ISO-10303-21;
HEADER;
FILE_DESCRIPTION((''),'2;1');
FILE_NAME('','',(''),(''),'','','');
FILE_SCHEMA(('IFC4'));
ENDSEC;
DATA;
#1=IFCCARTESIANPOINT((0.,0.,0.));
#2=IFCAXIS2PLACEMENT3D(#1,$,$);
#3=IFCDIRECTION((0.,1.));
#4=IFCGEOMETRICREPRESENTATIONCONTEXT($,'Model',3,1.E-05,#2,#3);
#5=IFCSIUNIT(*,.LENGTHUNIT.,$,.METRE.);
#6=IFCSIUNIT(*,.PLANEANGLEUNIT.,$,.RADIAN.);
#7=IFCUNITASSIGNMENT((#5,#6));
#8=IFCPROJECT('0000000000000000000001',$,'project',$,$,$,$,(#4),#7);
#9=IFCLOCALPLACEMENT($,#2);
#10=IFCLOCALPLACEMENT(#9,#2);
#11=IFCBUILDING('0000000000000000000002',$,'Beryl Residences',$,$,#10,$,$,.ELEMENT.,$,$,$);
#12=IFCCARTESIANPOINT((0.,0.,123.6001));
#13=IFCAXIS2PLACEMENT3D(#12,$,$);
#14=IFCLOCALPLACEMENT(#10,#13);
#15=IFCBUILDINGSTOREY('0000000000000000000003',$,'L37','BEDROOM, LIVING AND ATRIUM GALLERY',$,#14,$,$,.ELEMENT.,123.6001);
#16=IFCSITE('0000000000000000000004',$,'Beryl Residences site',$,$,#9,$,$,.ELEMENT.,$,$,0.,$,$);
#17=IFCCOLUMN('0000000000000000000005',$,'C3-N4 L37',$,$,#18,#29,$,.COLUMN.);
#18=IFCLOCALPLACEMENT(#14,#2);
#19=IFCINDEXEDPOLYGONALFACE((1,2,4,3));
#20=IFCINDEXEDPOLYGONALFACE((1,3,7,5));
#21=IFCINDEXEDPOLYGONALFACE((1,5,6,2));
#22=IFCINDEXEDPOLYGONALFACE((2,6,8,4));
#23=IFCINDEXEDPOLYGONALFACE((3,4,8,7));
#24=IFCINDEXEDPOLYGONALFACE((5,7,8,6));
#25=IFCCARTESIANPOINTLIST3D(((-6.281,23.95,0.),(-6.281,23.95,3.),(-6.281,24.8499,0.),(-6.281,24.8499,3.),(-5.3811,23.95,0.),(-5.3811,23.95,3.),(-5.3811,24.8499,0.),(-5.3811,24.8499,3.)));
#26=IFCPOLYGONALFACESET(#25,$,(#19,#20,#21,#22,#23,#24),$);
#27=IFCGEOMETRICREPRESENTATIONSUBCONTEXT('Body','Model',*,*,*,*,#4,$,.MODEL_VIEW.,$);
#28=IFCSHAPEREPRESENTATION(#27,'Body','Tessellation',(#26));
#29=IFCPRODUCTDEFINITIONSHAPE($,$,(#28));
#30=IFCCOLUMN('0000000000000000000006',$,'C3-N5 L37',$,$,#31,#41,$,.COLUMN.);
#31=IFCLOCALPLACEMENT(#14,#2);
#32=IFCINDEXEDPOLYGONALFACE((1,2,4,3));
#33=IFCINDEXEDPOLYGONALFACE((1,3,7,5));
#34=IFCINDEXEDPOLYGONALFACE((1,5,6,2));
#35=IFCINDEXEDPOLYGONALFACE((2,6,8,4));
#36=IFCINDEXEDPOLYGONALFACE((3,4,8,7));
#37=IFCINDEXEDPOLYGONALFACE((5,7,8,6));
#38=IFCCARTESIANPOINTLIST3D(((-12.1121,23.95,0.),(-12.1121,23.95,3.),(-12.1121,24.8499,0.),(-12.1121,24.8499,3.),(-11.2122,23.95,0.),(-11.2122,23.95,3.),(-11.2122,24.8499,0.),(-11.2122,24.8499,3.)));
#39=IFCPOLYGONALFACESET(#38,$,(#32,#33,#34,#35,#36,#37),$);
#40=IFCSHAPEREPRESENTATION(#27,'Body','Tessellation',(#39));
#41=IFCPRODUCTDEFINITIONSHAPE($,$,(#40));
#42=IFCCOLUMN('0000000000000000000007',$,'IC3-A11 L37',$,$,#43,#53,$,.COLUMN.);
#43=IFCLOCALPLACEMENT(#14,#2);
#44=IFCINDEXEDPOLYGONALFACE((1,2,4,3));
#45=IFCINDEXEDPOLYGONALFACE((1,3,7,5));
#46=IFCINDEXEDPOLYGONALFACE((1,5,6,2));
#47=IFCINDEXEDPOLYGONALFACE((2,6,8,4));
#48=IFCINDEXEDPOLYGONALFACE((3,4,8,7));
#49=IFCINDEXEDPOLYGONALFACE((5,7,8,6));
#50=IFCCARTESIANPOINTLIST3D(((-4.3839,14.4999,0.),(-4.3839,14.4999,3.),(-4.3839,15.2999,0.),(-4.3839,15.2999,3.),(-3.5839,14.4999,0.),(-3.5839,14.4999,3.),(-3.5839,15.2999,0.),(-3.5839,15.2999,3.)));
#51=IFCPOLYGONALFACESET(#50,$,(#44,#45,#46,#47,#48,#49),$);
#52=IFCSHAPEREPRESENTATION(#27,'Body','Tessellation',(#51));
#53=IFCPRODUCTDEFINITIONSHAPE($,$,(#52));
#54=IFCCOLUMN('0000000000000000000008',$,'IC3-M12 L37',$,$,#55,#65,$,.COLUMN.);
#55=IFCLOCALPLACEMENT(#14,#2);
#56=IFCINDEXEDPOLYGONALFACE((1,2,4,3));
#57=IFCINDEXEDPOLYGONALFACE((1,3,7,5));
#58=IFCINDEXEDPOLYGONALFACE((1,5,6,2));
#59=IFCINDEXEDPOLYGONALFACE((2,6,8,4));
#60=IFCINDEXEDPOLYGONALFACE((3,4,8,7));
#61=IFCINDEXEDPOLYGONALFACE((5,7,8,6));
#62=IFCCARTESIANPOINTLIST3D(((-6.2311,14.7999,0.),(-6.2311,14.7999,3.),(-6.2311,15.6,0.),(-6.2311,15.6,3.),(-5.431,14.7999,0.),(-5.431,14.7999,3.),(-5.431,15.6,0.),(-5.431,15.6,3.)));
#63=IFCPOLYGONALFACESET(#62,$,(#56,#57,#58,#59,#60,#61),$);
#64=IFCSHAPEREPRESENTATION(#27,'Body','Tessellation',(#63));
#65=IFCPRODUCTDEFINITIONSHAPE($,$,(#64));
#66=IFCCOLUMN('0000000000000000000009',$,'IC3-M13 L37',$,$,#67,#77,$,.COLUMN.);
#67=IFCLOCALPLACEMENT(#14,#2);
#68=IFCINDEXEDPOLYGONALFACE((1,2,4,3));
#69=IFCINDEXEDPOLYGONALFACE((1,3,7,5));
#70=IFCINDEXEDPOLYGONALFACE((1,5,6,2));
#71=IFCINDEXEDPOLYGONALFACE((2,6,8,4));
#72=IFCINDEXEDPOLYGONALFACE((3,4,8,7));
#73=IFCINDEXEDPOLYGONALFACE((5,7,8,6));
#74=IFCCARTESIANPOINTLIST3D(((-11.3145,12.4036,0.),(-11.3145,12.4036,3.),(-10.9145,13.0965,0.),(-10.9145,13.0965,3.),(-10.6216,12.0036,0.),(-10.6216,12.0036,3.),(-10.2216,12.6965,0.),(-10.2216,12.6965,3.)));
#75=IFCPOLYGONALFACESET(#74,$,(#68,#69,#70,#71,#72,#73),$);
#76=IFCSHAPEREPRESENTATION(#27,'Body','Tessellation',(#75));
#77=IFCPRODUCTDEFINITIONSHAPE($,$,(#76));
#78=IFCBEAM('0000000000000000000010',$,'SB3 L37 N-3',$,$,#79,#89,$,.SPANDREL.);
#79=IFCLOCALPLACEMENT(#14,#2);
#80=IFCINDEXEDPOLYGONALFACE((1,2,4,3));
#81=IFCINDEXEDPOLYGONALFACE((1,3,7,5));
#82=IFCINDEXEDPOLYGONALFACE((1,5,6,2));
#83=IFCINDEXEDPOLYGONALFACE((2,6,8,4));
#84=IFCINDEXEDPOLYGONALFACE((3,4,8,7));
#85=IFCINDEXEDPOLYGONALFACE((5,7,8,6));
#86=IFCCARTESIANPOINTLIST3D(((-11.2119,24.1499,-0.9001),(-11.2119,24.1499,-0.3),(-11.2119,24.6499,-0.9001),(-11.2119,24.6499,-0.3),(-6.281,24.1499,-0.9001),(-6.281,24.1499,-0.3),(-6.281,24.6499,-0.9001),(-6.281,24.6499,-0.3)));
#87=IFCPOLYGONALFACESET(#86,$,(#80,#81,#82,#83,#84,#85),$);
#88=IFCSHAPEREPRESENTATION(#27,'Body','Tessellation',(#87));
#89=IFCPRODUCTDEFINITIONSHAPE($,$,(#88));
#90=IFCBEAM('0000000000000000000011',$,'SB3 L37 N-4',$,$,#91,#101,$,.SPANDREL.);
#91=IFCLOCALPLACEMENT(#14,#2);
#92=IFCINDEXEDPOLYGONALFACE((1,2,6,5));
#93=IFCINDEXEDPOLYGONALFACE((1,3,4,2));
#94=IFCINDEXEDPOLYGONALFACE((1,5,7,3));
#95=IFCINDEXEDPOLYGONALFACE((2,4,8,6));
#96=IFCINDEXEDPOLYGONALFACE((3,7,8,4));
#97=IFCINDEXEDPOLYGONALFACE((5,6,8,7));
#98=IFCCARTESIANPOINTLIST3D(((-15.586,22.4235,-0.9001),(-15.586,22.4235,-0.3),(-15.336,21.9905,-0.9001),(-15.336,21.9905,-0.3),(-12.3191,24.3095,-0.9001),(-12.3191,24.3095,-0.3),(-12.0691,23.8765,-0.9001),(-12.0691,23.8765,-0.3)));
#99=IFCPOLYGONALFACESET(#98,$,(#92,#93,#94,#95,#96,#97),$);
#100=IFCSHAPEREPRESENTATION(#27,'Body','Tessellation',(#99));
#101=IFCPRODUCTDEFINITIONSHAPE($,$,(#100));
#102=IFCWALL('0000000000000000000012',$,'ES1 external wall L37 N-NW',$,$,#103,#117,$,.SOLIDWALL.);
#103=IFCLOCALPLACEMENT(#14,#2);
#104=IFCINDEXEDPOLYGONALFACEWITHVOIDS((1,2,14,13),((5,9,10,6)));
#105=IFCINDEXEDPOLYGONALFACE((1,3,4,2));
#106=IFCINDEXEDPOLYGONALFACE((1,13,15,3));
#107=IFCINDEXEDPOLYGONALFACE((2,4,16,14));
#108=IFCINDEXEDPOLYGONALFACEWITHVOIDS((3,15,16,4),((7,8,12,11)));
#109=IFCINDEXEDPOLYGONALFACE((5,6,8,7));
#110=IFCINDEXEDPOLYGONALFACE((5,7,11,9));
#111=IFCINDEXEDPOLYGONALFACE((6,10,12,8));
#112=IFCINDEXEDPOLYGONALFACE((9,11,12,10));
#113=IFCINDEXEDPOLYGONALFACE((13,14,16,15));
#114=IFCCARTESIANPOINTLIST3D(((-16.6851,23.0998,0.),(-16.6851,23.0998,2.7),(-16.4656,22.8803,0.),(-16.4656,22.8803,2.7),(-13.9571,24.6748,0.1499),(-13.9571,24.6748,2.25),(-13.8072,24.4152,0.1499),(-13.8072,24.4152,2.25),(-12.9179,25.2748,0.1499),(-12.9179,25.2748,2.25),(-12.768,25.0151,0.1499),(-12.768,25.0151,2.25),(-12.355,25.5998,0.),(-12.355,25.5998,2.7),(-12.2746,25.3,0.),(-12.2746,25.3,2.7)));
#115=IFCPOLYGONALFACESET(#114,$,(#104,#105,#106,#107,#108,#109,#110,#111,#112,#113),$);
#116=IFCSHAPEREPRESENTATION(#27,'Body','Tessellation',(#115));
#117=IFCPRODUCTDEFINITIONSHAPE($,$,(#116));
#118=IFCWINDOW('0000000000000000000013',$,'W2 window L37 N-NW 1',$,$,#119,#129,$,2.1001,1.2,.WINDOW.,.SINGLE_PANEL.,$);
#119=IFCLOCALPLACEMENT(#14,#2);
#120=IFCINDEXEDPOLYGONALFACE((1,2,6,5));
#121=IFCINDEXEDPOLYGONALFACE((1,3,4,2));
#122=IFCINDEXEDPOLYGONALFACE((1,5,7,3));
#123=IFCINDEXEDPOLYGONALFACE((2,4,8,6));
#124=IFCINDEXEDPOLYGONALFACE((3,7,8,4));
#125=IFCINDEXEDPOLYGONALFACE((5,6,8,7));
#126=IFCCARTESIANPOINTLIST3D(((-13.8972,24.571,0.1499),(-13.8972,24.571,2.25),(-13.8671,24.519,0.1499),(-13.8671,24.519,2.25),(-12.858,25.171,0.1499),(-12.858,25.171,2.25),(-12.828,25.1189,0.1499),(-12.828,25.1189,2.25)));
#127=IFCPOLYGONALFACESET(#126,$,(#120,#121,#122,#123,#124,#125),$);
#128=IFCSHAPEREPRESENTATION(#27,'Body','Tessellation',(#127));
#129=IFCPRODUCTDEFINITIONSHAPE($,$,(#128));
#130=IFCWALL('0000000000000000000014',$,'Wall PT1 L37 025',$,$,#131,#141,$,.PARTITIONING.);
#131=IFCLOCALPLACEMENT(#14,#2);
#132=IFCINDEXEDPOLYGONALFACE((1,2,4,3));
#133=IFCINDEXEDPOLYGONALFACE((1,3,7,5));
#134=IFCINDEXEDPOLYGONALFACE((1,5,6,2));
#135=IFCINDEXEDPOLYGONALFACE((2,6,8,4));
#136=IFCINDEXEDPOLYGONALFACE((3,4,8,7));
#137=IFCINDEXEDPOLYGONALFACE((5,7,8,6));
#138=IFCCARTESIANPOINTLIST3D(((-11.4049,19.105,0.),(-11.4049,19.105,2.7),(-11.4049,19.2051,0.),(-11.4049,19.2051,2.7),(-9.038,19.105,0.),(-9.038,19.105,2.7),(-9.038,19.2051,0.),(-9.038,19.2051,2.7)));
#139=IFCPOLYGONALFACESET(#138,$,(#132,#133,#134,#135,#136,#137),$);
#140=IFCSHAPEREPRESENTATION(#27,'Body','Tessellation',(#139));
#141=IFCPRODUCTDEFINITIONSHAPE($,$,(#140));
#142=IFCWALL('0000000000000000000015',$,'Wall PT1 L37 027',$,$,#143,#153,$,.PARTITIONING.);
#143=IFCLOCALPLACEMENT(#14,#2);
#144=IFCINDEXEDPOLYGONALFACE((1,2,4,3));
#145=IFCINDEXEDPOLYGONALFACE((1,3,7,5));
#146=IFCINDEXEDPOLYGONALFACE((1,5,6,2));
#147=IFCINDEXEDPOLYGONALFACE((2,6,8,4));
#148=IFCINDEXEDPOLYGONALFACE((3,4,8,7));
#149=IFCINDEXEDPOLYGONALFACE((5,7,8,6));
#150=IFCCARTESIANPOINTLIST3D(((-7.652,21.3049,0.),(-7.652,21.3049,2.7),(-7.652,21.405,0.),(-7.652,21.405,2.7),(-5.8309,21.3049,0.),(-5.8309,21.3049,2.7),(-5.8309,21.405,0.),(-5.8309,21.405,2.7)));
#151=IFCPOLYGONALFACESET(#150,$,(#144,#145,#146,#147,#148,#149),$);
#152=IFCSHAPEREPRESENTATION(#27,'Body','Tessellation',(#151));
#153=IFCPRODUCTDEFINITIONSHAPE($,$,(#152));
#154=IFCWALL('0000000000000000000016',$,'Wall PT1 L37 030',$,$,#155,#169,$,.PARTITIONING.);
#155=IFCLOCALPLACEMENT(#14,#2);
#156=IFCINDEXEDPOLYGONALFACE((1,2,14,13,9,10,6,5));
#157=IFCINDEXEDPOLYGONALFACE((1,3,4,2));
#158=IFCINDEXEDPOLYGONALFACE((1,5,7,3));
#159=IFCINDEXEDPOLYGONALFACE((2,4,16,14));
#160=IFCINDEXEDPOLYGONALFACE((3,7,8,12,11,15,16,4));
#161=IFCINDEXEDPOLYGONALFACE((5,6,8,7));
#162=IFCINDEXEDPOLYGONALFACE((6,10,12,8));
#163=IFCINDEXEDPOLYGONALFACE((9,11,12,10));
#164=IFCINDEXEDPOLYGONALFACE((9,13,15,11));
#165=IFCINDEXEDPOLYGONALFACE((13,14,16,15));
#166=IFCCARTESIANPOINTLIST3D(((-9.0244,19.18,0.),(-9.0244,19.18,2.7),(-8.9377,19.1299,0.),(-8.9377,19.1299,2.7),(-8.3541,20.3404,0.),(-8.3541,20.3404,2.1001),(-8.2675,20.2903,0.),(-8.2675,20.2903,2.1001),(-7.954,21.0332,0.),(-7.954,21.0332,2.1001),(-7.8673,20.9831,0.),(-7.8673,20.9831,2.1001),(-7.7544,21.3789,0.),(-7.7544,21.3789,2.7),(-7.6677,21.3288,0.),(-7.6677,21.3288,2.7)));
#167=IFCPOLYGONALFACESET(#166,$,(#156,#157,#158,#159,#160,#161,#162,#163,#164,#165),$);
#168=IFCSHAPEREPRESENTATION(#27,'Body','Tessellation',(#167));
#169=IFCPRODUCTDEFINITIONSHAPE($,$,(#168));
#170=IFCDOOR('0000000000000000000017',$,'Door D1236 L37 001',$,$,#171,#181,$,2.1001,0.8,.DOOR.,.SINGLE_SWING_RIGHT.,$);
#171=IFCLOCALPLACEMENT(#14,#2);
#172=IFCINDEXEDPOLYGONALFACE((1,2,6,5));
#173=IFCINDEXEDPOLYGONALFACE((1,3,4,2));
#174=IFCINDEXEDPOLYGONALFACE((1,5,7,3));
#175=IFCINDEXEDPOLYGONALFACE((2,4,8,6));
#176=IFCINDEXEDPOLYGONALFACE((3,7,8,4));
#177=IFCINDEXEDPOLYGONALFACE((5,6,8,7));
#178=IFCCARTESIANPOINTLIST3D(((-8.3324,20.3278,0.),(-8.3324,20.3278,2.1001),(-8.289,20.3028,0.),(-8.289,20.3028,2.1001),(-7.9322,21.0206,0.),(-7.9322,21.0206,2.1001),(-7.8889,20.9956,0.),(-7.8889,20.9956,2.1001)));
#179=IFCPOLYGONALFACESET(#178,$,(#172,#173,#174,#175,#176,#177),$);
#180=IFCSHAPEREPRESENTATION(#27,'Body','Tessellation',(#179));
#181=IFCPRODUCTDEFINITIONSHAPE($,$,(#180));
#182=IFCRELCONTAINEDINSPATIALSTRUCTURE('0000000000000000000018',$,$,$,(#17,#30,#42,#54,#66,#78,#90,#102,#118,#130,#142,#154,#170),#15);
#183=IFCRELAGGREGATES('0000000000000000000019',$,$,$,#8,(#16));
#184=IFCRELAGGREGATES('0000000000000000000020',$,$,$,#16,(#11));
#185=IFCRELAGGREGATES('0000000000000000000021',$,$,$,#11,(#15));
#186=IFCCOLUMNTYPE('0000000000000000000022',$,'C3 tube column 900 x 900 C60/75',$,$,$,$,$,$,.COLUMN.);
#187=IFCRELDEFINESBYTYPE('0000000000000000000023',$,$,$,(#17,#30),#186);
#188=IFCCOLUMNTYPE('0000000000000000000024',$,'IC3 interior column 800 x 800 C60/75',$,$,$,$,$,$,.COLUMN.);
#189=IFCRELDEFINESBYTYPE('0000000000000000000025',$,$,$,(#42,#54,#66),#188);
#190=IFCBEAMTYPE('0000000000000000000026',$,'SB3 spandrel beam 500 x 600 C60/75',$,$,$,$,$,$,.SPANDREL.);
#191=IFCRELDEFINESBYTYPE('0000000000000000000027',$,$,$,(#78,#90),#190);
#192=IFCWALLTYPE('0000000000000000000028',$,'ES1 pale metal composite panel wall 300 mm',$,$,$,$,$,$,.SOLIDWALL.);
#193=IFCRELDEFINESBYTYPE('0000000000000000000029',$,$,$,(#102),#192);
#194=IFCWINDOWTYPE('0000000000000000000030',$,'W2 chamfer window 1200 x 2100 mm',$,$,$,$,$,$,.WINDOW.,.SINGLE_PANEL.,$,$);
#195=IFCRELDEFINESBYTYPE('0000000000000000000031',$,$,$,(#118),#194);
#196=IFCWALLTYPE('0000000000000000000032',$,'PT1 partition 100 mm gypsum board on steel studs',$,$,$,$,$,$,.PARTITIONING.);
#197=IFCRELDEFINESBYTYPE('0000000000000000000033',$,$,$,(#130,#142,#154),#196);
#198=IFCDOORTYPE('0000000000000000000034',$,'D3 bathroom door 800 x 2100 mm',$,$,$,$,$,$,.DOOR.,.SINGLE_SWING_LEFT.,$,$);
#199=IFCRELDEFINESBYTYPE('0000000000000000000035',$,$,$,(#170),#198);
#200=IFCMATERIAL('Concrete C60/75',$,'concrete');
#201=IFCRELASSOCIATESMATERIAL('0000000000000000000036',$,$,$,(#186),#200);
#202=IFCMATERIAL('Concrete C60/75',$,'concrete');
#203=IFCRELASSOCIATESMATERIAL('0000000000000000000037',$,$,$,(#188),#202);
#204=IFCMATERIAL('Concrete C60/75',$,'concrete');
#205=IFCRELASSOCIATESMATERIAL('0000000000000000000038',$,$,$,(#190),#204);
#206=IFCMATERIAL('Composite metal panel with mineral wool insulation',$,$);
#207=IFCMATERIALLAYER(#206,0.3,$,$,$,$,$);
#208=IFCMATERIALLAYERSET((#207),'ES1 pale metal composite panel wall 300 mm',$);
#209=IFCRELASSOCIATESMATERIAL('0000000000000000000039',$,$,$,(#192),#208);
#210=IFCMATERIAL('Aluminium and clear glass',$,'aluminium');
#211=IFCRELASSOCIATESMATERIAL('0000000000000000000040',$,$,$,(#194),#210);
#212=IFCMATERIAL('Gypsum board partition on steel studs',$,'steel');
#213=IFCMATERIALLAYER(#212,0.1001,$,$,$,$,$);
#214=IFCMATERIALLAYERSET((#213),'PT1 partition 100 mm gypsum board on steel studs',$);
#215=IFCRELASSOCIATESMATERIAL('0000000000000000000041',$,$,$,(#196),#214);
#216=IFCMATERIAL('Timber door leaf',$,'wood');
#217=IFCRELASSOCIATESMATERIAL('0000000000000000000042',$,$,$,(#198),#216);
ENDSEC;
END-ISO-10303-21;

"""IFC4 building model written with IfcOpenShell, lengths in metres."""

from ifc_helpers import new_model, si_unit, direction, frame, frame_2d, origin, origin_2d, place, context, subcontext, project, spatial, polyline, rectangle, outline, extrude, material, layer, layer_set, material_profile, profile_set, type_object, element, fill, save


model = new_model("IFC4")

# Units and contexts
model_context = context("Model", 3, precision=1e-05, world=origin(), true_north=direction((0.0, 1.0)))
body_context = subcontext(model_context, "Body", "Model", "MODEL_VIEW")
ifc_project = project(units=[si_unit("LENGTHUNIT", "METRE"), si_unit("PLANEANGLEUNIT", "RADIAN")], contexts=[model_context])

# Site, building, storey
site_placement = place(None, origin())
site = spatial("IfcSite", under=ifc_project, at=site_placement, Name="Beryl Residences site", CompositionType="ELEMENT", RefElevation=0.0)
building_placement = place(site_placement, origin())
building = spatial("IfcBuilding", under=site, at=building_placement, Name="Beryl Residences", CompositionType="ELEMENT")
storey_placement = place(building_placement, frame((0.0, 0.0, 123.6001)))
storey = spatial("IfcBuildingStorey", under=building, at=storey_placement, Name="L37", Description="BEDROOM, LIVING AND ATRIUM GALLERY", CompositionType="ELEMENT", Elevation=123.6001)

# Columns
ifc_material_1 = material(Name="Concrete C60/75", Category="concrete")
ifc_material_profile_1 = material_profile(ifc_material_1, rectangle(XDim=0.8999, YDim=0.8999, at=origin_2d()))
ifc_profile_set_1 = profile_set([ifc_material_profile_1], Name="Concrete C60/75")
column_type_1 = type_object("IfcColumnType", Name="C3 tube column 900 x 900 C60/75", PredefinedType="COLUMN", material=ifc_profile_set_1)
for number, where, z_axis, x_axis, name in (
    (1, (-5.8311, 24.3999, 0.0), (0.0, 0.0, 1.0), (-1.0, 0.0, 0.0), "C3-N4 L37"),
    (2, (-11.6621, 24.3999, 0.0), (0.0, 0.0, 1.0), (-1.0, 0.0, 0.0), "C3-N5 L37"),
):
    element("IfcColumn", number, at=place(storey_placement, frame(where, z_axis=z_axis, x_axis=x_axis)), inside=storey, type_object=column_type_1, Name=name, PredefinedType="COLUMN", context=body_context, shape_type="SweptSolid", body=[
        extrude(rectangle(XDim=0.8999, YDim=0.8999, at=origin_2d()), origin(), (0.0, 0.0, 1.0), 3.0),
    ])
ifc_material_2 = material(Name="Concrete C60/75", Category="concrete")
ifc_material_profile_2 = material_profile(ifc_material_2, rectangle(XDim=0.8, YDim=0.8, at=origin_2d()))
ifc_profile_set_2 = profile_set([ifc_material_profile_2], Name="Concrete C60/75")
column_type_2 = type_object("IfcColumnType", Name="IC3 interior column 800 x 800 C60/75", PredefinedType="COLUMN", material=ifc_profile_set_2)
for number, where, z_axis, x_axis, name in (
    (3, (-3.9839, 14.8999, 0.0), (0.0, 0.0, 1.0), (1.0, 0.0, 0.0), "IC3-A11 L37"),
    (4, (-5.8311, 15.2, 0.0), (0.0, 0.0, 1.0), (-1.0, 0.0, 0.0), "IC3-M12 L37"),
    (5, (-10.7681, 12.55, 0.0), (0.0, 0.0, 1.0), (-0.5, -0.866025, 0.0), "IC3-M13 L37"),
):
    element("IfcColumn", number, at=place(storey_placement, frame(where, z_axis=z_axis, x_axis=x_axis)), inside=storey, type_object=column_type_2, Name=name, PredefinedType="COLUMN", context=body_context, shape_type="SweptSolid", body=[
        extrude(rectangle(XDim=0.8, YDim=0.8, at=origin_2d()), origin(), (0.0, 0.0, 1.0), 3.0),
    ])

# Beams
ifc_material_3 = material(Name="Concrete C60/75", Category="concrete")
ifc_material_profile_3 = material_profile(ifc_material_3, rectangle(XDim=0.5, YDim=0.6001, at=origin_2d()))
ifc_profile_set_3 = profile_set([ifc_material_profile_3], Name="Concrete C60/75")
beam_type = type_object("IfcBeamType", Name="SB3 spandrel beam 500 x 600 C60/75", PredefinedType="SPANDREL", material=ifc_profile_set_3)
beam_1_placement = place(storey_placement, frame((-6.281, 24.3999, -0.6001), z_axis=(-1.0, 0.0, 0.0), x_axis=(0.0, -1.0, 0.0)))
element("IfcBeam", 6, at=beam_1_placement, inside=storey, type_object=beam_type, Name="SB3 L37 N-3", PredefinedType="SPANDREL", context=body_context, shape_type="SweptSolid", body=[
    extrude(rectangle(XDim=0.5, YDim=0.6001, at=origin_2d()), origin(), (0.0, 0.0, 1.0), 4.9309),
])
beam_2_placement = place(storey_placement, frame((-12.1941, 24.093, -0.6001), z_axis=(-0.86604, -0.499975, 0.0), x_axis=(0.499975, -0.86604, 0.0)))
element("IfcBeam", 7, at=beam_2_placement, inside=storey, type_object=beam_type, Name="SB3 L37 N-4", PredefinedType="SPANDREL", context=body_context, shape_type="SweptSolid", body=[
    extrude(rectangle(XDim=0.5, YDim=0.6001, at=origin_2d()), origin(), (0.0, 0.0, 1.0), 3.7722),
])

# Wall, opening, window
ifc_material_4 = material(Name="Composite metal panel with mineral wool insulation")
ifc_layer_1 = layer(ifc_material_4, 0.3)
ifc_layer_set_1 = layer_set([ifc_layer_1], Name="ES1 pale metal composite panel wall 300 mm")
wall_type_1 = type_object("IfcWallType", Name="ES1 pale metal composite panel wall 300 mm", PredefinedType="SOLIDWALL", material=ifc_layer_set_1)
wall_1_placement = place(storey_placement, frame((-12.28, 25.47, 0.0), z_axis=(0.0, 0.0, 1.0), x_axis=(-0.866023, -0.500004, 0.0)))
wall_1 = element("IfcWall", 8, at=wall_1_placement, inside=storey, type_object=wall_type_1, Name="ES1 external wall L37 N-NW", PredefinedType="SOLIDWALL", context=body_context, shape_type="SweptSolid", body=[
    extrude(outline(polyline([(0.0, -0.1499), (5.0, -0.1499), (4.9197, 0.1499), (0.0803, 0.1499), (0.0, -0.1499)])), origin(), (0.0, 0.0, 1.0), 2.7),
])
opening_1_placement = place(wall_1_placement, frame((0.6499, 0.0, 0.1499)))
opening_1 = element("IfcOpeningElement", 9, at=opening_1_placement, cuts=wall_1, PredefinedType="OPENING", context=body_context, shape_type="SweptSolid", body=[
    extrude(rectangle(XDim=1.2, YDim=2.1001, at=frame_2d((0.6001, 1.05))), frame((0.0, 0.1599, 0.0), z_axis=(0.0, -1.0, 0.0), x_axis=(1.0, 0.0, 0.0)), (0.0, 0.0, 1.0), 0.3201),
])
ifc_material_5 = material(Name="Aluminium and clear glass", Category="aluminium")
window_type = type_object("IfcWindowType", Name="W2 chamfer window 1200 x 2100 mm", PartitioningType="SINGLE_PANEL", PredefinedType="WINDOW", material=ifc_material_5)
window_placement = place(opening_1_placement, origin())
window = element("IfcWindow", 10, at=window_placement, inside=storey, type_object=window_type, Name="W2 window L37 N-NW 1", OverallHeight=2.1001, OverallWidth=1.2, PartitioningType="SINGLE_PANEL", PredefinedType="WINDOW", context=body_context, shape_type="SweptSolid", body=[
    extrude(rectangle(XDim=1.2, YDim=2.1001, at=frame_2d((0.6001, 1.05))), frame((0.0, 0.03, 0.0), z_axis=(0.0, -1.0, 0.0), x_axis=(1.0, 0.0, 0.0)), (0.0, 0.0, 1.0), 0.0601),
])
fill(opening_1, window)

# Walls
ifc_material_6 = material(Name="Gypsum board partition on steel studs", Category="steel")
ifc_layer_2 = layer(ifc_material_6, 0.1001)
ifc_layer_set_2 = layer_set([ifc_layer_2], Name="PT1 partition 100 mm gypsum board on steel studs")
wall_type_2 = type_object("IfcWallType", Name="PT1 partition 100 mm gypsum board on steel studs", PredefinedType="PARTITIONING", material=ifc_layer_set_2)
wall_2_placement = place(storey_placement, frame((-11.405, 19.155, 0.0), z_axis=(0.0, 0.0, 1.0), x_axis=(1.0, 0.0, 0.0)))
element("IfcWall", 11, at=wall_2_placement, inside=storey, type_object=wall_type_2, Name="Wall PT1 L37 025", PredefinedType="PARTITIONING", context=body_context, shape_type="SweptSolid", body=[
    extrude(rectangle(XDim=2.3669, YDim=0.1001, at=frame_2d((1.1836, 0.0))), origin(), (0.0, 0.0, 1.0), 2.7),
])
wall_3_placement = place(storey_placement, frame((-7.6521, 21.355, 0.0), z_axis=(0.0, 0.0, 1.0), x_axis=(1.0, 0.0, 0.0)))
element("IfcWall", 12, at=wall_3_placement, inside=storey, type_object=wall_type_2, Name="Wall PT1 L37 027", PredefinedType="PARTITIONING", context=body_context, shape_type="SweptSolid", body=[
    extrude(rectangle(XDim=1.821, YDim=0.1001, at=frame_2d((0.9106, 0.0))), origin(), (0.0, 0.0, 1.0), 2.7),
])

# Wall, opening, door
wall_4_placement = place(storey_placement, frame((-8.981, 19.155, 0.0), z_axis=(0.0, 0.0, 1.0), x_axis=(0.50013, 0.86595, 0.0)))
wall_4 = element("IfcWall", 13, at=wall_4_placement, inside=storey, type_object=wall_type_2, Name="Wall PT1 L37 030", PredefinedType="PARTITIONING", context=body_context, shape_type="SweptSolid", body=[
    extrude(rectangle(XDim=2.5393, YDim=0.1001, at=frame_2d((1.2695, 0.0))), origin(), (0.0, 0.0, 1.0), 2.7),
])
opening_2_placement = place(wall_4_placement, frame((1.3401, 0.0, 0.0)))
opening_2 = element("IfcOpeningElement", 14, at=opening_2_placement, cuts=wall_4, PredefinedType="OPENING", context=body_context, shape_type="SweptSolid", body=[
    extrude(rectangle(XDim=0.8, YDim=2.1001, at=frame_2d((0.3999, 1.05))), frame((0.0, 0.0601, 0.0), z_axis=(0.0, -1.0, 0.0), x_axis=(1.0, 0.0, 0.0)), (0.0, 0.0, 1.0), 0.1201),
])
ifc_material_7 = material(Name="Timber door leaf", Category="wood")
door_type_1 = type_object("IfcDoorType", Name="D3 bathroom door 800 x 2100 mm", OperationType="SINGLE_SWING_LEFT", PredefinedType="DOOR", material=ifc_material_7)
door_1_placement = place(opening_2_placement, origin())
door_1 = element("IfcDoor", 15, at=door_1_placement, inside=storey, type_object=door_type_1, Name="Door D1236 L37 001", OperationType="SINGLE_SWING_RIGHT", OverallHeight=2.1001, OverallWidth=0.8, PredefinedType="DOOR", context=body_context, shape_type="SweptSolid", body=[
    extrude(rectangle(XDim=0.8, YDim=2.1001, at=frame_2d((0.3999, 1.05))), frame((0.0, 0.0249, 0.0), z_axis=(0.0, -1.0, 0.0), x_axis=(1.0, 0.0, 0.0)), (0.0, 0.0, 1.0), 0.05),
])
fill(opening_2, door_1)

save(model, "model.ifc")
